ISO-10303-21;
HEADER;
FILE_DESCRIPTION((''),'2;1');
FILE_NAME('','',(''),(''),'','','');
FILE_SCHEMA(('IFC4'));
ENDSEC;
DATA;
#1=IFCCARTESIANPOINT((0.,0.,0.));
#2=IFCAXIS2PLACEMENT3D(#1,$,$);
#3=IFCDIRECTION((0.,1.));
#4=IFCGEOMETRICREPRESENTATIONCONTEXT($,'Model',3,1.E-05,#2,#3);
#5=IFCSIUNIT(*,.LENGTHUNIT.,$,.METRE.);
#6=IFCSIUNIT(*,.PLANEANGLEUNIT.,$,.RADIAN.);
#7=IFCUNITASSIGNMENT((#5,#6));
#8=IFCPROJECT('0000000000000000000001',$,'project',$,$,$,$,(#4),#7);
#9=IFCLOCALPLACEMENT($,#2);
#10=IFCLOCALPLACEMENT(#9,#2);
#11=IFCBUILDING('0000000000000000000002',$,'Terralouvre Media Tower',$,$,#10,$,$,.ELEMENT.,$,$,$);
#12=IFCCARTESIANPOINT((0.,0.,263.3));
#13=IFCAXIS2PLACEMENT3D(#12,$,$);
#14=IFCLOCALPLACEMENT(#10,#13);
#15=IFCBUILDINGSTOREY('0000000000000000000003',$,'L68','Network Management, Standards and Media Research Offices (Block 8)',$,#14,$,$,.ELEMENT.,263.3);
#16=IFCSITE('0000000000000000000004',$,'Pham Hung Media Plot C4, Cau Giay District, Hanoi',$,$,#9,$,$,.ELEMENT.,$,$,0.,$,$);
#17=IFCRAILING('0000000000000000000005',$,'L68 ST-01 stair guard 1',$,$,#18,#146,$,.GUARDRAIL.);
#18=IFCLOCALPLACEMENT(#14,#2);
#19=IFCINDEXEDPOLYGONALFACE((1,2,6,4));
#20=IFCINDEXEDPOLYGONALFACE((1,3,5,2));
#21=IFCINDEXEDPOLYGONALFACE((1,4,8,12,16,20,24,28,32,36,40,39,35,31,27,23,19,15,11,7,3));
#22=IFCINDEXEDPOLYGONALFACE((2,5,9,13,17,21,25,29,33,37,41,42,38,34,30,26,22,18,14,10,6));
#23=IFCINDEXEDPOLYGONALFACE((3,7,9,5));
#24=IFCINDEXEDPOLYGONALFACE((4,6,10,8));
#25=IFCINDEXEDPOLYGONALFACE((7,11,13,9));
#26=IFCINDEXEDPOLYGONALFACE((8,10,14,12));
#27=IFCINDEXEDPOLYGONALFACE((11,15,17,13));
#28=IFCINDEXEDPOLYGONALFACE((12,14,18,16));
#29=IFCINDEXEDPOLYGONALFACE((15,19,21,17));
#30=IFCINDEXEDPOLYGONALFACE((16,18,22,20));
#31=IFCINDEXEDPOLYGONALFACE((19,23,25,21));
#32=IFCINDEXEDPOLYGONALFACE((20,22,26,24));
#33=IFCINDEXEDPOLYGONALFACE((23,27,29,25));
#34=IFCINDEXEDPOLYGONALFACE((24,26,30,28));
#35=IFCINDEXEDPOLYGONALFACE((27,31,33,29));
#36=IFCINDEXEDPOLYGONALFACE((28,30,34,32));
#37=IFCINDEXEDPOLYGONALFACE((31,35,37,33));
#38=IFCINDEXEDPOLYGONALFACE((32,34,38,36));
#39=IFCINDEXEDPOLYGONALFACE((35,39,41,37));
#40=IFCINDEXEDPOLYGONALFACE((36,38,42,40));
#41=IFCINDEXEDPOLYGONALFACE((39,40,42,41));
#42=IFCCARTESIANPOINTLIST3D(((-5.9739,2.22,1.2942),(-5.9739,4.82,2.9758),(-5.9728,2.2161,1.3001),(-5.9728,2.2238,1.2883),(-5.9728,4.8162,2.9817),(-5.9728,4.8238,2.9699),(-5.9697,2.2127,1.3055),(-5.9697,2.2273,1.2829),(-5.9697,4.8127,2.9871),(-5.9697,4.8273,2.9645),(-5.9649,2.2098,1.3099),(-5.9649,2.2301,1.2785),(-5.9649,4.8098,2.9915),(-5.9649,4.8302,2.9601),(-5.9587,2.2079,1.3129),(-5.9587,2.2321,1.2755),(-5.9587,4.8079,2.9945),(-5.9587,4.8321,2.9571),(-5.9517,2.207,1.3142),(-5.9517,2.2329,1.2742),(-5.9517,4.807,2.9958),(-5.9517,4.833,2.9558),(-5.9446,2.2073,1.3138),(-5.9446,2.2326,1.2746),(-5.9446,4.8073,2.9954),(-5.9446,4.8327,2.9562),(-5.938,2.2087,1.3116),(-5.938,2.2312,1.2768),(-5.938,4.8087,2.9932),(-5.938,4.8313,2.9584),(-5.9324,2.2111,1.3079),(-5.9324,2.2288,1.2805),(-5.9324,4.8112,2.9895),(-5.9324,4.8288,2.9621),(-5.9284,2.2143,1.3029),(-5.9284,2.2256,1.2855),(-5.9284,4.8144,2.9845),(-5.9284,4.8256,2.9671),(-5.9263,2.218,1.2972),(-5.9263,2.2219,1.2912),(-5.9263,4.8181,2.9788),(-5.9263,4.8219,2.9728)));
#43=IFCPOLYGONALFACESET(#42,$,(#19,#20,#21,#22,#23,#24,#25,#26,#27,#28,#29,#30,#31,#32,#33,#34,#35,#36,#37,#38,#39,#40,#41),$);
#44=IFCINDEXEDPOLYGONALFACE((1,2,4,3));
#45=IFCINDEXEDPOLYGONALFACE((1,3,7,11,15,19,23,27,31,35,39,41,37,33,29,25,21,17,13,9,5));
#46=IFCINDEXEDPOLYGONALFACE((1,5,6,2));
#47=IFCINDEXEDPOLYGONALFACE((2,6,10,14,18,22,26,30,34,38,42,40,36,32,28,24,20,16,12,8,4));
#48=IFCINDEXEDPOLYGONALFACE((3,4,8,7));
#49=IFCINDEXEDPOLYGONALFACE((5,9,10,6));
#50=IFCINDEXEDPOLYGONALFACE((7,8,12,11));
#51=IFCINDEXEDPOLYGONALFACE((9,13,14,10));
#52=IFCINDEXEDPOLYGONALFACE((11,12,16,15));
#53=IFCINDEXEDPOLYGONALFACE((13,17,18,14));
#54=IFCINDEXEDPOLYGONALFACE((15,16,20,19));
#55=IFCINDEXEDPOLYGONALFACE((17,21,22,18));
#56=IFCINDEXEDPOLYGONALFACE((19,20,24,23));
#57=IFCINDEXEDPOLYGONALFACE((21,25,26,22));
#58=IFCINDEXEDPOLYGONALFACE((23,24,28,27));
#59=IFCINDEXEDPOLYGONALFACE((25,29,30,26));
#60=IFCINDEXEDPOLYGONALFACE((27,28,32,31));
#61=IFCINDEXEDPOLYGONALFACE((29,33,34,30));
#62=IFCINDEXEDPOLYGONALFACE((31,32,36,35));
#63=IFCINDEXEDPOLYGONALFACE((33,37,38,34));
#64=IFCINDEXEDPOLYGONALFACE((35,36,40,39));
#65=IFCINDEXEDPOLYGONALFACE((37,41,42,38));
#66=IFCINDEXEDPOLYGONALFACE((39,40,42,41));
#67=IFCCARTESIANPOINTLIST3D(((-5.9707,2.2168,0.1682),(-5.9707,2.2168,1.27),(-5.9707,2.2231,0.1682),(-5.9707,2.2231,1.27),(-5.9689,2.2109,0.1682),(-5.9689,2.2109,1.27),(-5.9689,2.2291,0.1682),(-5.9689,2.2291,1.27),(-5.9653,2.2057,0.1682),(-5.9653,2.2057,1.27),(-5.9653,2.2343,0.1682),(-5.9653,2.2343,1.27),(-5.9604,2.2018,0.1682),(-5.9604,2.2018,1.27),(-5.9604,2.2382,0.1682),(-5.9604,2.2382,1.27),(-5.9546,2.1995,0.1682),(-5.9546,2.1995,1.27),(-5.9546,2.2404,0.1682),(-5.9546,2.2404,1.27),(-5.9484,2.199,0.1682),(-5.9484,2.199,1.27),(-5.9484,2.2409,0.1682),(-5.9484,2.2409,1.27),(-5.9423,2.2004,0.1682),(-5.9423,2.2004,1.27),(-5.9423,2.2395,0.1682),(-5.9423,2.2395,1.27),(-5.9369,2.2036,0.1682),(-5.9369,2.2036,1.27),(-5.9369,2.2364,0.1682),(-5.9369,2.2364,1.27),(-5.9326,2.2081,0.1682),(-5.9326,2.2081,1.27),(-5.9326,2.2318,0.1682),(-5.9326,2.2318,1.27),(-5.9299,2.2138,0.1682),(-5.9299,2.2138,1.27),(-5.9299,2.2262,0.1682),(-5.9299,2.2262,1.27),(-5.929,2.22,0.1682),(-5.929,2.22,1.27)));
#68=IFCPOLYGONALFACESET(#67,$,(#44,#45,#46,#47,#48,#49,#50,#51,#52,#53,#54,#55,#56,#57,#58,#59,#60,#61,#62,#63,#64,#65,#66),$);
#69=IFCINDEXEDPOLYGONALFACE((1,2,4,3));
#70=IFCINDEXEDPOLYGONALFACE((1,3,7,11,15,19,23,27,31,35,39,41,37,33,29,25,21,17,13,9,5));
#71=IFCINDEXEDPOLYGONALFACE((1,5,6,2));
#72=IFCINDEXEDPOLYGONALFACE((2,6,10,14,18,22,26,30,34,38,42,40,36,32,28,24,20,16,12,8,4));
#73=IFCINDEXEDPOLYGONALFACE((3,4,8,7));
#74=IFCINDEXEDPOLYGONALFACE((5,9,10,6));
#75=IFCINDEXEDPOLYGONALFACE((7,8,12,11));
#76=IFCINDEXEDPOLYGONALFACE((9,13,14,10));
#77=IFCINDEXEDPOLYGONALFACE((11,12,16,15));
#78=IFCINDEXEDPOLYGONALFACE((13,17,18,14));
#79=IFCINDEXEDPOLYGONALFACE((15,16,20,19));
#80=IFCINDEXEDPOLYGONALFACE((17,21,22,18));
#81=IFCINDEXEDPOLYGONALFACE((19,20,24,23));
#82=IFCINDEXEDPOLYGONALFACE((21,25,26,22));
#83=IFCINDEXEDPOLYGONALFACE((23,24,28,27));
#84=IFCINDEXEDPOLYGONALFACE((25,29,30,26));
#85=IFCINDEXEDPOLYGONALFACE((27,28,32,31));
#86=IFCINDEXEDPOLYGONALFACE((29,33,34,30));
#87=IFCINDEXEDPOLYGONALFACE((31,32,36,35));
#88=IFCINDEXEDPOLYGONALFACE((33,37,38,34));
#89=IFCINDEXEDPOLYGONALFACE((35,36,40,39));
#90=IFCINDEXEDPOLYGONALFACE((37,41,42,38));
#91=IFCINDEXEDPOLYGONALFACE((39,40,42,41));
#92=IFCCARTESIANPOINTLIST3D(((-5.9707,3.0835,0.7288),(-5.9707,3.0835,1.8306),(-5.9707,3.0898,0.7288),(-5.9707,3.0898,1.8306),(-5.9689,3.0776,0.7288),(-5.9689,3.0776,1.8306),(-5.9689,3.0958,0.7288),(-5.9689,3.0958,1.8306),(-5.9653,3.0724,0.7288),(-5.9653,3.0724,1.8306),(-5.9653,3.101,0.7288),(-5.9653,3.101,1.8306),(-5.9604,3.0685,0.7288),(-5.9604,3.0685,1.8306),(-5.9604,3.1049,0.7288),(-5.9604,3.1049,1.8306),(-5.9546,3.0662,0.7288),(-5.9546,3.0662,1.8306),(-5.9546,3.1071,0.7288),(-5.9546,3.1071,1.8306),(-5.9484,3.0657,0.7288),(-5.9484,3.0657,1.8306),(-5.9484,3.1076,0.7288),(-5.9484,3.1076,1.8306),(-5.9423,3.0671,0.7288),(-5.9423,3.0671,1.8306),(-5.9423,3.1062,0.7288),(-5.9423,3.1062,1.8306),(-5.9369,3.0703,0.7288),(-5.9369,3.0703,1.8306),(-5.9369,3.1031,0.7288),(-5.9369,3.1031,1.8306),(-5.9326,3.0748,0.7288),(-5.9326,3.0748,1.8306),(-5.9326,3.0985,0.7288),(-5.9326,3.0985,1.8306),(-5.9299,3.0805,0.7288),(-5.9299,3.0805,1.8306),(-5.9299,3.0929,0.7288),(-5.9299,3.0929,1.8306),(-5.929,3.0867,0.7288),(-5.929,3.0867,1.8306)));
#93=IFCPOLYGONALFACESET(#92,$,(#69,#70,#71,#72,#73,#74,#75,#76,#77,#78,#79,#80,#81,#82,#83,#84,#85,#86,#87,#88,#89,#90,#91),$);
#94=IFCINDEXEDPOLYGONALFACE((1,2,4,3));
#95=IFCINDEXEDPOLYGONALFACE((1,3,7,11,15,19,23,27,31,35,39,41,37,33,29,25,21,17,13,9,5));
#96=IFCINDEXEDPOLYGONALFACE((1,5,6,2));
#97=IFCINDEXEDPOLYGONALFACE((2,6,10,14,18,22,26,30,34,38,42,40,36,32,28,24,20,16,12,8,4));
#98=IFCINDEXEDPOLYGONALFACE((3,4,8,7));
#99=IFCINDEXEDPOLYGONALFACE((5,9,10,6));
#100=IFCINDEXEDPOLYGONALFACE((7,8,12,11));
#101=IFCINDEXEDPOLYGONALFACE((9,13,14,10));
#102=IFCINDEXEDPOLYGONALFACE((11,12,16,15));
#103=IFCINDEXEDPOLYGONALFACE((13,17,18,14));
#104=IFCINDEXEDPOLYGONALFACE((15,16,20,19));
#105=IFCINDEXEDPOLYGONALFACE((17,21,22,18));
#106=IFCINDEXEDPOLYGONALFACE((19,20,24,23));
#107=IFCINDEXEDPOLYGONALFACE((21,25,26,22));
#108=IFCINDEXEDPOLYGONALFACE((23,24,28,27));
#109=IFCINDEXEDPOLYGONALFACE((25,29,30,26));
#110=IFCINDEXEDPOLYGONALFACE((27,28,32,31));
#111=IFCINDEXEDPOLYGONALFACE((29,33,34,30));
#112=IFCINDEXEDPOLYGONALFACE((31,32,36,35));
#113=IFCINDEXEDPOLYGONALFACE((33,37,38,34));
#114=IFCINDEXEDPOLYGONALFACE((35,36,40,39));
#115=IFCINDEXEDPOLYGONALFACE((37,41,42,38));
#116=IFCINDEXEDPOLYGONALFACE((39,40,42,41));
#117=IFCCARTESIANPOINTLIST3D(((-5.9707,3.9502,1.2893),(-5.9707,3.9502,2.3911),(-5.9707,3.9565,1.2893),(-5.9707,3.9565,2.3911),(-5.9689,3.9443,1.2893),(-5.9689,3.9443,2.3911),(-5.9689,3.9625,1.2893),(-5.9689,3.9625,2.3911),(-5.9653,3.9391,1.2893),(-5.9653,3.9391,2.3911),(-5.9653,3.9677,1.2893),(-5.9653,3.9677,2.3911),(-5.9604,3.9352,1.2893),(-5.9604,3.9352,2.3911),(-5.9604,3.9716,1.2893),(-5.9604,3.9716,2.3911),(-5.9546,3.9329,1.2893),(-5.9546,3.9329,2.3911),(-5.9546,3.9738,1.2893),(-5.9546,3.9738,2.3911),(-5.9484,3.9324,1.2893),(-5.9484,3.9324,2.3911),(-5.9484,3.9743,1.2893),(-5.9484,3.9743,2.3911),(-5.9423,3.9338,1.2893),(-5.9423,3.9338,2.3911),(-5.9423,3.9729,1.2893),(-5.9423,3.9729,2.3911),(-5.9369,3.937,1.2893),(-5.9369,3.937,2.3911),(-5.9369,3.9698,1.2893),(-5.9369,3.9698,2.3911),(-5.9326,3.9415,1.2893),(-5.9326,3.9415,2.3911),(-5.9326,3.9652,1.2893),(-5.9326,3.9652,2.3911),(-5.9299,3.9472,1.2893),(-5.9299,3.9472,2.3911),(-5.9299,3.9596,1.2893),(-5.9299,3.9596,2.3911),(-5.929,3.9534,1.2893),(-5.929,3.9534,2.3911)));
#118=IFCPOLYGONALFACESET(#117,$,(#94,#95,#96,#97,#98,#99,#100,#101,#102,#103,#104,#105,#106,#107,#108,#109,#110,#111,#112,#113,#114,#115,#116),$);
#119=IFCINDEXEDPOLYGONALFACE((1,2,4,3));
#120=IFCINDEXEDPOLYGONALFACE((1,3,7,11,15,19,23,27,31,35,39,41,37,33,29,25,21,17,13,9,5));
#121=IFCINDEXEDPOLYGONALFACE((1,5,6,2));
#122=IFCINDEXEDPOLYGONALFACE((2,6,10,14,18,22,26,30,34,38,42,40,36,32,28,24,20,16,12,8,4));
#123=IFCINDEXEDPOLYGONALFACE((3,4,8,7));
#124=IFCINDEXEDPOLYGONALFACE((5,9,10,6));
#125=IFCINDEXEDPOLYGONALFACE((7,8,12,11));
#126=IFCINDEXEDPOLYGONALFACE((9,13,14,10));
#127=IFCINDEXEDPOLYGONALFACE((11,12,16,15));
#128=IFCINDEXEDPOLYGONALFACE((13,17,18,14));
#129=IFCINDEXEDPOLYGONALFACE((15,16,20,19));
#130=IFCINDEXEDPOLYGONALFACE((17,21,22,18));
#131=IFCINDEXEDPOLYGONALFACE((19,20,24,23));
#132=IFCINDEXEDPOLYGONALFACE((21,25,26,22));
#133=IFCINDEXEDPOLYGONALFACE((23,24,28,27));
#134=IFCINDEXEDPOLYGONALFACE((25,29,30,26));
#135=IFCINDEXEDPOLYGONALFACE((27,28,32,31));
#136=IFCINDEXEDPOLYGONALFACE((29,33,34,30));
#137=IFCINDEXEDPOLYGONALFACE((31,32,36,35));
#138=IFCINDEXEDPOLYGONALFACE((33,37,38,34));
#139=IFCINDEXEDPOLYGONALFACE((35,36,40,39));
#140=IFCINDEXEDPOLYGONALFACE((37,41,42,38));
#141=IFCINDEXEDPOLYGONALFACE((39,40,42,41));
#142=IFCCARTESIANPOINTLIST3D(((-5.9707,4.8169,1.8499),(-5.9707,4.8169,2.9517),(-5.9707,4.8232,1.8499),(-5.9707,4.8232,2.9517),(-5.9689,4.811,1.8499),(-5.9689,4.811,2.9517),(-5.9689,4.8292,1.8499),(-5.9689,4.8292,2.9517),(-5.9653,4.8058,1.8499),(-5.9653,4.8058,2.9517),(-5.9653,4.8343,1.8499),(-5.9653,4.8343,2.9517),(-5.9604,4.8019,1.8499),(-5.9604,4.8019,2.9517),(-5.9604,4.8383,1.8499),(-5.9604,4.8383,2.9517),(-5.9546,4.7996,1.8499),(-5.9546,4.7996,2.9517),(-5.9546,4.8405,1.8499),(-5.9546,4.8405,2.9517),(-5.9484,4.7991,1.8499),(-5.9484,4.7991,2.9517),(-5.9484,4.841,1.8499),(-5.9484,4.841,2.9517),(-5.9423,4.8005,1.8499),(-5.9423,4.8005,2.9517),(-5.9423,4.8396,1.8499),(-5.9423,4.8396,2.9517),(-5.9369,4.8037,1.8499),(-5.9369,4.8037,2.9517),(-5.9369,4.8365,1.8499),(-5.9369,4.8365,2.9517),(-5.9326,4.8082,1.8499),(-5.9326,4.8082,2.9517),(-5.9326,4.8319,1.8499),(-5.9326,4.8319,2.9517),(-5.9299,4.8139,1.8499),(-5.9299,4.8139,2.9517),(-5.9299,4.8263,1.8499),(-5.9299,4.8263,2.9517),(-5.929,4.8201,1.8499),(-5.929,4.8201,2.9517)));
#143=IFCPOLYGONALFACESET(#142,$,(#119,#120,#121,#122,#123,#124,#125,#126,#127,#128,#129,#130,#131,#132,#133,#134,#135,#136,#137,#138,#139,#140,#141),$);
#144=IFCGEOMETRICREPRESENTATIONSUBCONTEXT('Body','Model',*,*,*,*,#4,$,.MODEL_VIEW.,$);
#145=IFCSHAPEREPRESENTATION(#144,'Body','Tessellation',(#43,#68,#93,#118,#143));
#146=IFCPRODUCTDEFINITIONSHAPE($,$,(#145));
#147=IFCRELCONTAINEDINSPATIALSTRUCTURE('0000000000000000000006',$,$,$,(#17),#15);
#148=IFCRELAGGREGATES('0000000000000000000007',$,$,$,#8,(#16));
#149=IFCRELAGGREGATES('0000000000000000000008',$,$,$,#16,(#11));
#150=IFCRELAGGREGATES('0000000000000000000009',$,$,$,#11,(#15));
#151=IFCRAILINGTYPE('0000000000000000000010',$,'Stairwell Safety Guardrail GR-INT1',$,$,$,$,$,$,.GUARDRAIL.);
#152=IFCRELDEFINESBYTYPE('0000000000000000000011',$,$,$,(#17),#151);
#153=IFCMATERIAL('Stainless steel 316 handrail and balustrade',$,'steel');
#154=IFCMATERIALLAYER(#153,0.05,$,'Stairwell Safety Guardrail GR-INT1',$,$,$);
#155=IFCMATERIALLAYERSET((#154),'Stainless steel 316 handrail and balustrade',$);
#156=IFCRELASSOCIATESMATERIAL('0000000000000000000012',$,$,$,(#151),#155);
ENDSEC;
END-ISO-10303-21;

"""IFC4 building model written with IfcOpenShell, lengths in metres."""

from ifc_helpers import new_model, si_unit, direction, frame, origin, origin_2d, place, context, subcontext, project, spatial, circle, extrude, material, layer, layer_set, type_object, element, save


model = new_model("IFC4")

# Units and contexts
model_context = context("Model", 3, precision=1e-05, world=origin(), true_north=direction((0.0, 1.0)))
body_context = subcontext(model_context, "Body", "Model", "MODEL_VIEW")
ifc_project = project(units=[si_unit("LENGTHUNIT", "METRE"), si_unit("PLANEANGLEUNIT", "RADIAN")], contexts=[model_context])

# Site, building, storey
site_placement = place(None, origin())
site = spatial("IfcSite", under=ifc_project, at=site_placement, Name="Pham Hung Media Plot C4, Cau Giay District, Hanoi", CompositionType="ELEMENT", RefElevation=0.0)
building_placement = place(site_placement, origin())
building = spatial("IfcBuilding", under=site, at=building_placement, Name="Terralouvre Media Tower", CompositionType="ELEMENT")
storey_placement = place(building_placement, frame((0.0, 0.0, 263.3)))
storey = spatial("IfcBuildingStorey", under=building, at=storey_placement, Name="L68", Description="Network Management, Standards and Media Research Offices (Block 8)", CompositionType="ELEMENT", Elevation=263.3)

# Railing
ifc_material_1 = material(Name="Stainless steel 316 handrail and balustrade", Category="steel")
ifc_layer_1 = layer(ifc_material_1, 0.05, Name="Stairwell Safety Guardrail GR-INT1")
ifc_layer_set_1 = layer_set([ifc_layer_1], Name="Stainless steel 316 handrail and balustrade")
railing_type_1 = type_object("IfcRailingType", Name="Stairwell Safety Guardrail GR-INT1", PredefinedType="GUARDRAIL", material=ifc_layer_set_1)
railing_1_placement = place(storey_placement, frame((-5.95, 2.22, 0.1682)))
element("IfcRailing", 1, at=railing_1_placement, inside=storey, type_object=railing_type_1, Name="L68 ST-01 stair guard 1", PredefinedType="GUARDRAIL", context=body_context, shape_type="SweptSolid", body=[
    extrude(circle(Radius=0.0239, at=origin_2d()), frame((0.0, 0.0, 1.126), z_axis=(0.0, 0.839684, 0.543075), x_axis=(-1.0, 0.0, 0.0)), (0.0, 0.0, 1.0), 3.0964),
    extrude(circle(Radius=0.021, at=origin_2d()), origin(), (0.0, 0.0, 1.0), 1.1018),
    extrude(circle(Radius=0.021, at=origin_2d()), frame((0.0, 0.8667, 0.5605)), (0.0, 0.0, 1.0), 1.1018),
    extrude(circle(Radius=0.021, at=origin_2d()), frame((0.0, 1.7334, 1.1211)), (0.0, 0.0, 1.0), 1.1018),
    extrude(circle(Radius=0.021, at=origin_2d()), frame((0.0, 2.6001, 1.6816)), (0.0, 0.0, 1.0), 1.1018),
])

save(model, "model.ifc")
